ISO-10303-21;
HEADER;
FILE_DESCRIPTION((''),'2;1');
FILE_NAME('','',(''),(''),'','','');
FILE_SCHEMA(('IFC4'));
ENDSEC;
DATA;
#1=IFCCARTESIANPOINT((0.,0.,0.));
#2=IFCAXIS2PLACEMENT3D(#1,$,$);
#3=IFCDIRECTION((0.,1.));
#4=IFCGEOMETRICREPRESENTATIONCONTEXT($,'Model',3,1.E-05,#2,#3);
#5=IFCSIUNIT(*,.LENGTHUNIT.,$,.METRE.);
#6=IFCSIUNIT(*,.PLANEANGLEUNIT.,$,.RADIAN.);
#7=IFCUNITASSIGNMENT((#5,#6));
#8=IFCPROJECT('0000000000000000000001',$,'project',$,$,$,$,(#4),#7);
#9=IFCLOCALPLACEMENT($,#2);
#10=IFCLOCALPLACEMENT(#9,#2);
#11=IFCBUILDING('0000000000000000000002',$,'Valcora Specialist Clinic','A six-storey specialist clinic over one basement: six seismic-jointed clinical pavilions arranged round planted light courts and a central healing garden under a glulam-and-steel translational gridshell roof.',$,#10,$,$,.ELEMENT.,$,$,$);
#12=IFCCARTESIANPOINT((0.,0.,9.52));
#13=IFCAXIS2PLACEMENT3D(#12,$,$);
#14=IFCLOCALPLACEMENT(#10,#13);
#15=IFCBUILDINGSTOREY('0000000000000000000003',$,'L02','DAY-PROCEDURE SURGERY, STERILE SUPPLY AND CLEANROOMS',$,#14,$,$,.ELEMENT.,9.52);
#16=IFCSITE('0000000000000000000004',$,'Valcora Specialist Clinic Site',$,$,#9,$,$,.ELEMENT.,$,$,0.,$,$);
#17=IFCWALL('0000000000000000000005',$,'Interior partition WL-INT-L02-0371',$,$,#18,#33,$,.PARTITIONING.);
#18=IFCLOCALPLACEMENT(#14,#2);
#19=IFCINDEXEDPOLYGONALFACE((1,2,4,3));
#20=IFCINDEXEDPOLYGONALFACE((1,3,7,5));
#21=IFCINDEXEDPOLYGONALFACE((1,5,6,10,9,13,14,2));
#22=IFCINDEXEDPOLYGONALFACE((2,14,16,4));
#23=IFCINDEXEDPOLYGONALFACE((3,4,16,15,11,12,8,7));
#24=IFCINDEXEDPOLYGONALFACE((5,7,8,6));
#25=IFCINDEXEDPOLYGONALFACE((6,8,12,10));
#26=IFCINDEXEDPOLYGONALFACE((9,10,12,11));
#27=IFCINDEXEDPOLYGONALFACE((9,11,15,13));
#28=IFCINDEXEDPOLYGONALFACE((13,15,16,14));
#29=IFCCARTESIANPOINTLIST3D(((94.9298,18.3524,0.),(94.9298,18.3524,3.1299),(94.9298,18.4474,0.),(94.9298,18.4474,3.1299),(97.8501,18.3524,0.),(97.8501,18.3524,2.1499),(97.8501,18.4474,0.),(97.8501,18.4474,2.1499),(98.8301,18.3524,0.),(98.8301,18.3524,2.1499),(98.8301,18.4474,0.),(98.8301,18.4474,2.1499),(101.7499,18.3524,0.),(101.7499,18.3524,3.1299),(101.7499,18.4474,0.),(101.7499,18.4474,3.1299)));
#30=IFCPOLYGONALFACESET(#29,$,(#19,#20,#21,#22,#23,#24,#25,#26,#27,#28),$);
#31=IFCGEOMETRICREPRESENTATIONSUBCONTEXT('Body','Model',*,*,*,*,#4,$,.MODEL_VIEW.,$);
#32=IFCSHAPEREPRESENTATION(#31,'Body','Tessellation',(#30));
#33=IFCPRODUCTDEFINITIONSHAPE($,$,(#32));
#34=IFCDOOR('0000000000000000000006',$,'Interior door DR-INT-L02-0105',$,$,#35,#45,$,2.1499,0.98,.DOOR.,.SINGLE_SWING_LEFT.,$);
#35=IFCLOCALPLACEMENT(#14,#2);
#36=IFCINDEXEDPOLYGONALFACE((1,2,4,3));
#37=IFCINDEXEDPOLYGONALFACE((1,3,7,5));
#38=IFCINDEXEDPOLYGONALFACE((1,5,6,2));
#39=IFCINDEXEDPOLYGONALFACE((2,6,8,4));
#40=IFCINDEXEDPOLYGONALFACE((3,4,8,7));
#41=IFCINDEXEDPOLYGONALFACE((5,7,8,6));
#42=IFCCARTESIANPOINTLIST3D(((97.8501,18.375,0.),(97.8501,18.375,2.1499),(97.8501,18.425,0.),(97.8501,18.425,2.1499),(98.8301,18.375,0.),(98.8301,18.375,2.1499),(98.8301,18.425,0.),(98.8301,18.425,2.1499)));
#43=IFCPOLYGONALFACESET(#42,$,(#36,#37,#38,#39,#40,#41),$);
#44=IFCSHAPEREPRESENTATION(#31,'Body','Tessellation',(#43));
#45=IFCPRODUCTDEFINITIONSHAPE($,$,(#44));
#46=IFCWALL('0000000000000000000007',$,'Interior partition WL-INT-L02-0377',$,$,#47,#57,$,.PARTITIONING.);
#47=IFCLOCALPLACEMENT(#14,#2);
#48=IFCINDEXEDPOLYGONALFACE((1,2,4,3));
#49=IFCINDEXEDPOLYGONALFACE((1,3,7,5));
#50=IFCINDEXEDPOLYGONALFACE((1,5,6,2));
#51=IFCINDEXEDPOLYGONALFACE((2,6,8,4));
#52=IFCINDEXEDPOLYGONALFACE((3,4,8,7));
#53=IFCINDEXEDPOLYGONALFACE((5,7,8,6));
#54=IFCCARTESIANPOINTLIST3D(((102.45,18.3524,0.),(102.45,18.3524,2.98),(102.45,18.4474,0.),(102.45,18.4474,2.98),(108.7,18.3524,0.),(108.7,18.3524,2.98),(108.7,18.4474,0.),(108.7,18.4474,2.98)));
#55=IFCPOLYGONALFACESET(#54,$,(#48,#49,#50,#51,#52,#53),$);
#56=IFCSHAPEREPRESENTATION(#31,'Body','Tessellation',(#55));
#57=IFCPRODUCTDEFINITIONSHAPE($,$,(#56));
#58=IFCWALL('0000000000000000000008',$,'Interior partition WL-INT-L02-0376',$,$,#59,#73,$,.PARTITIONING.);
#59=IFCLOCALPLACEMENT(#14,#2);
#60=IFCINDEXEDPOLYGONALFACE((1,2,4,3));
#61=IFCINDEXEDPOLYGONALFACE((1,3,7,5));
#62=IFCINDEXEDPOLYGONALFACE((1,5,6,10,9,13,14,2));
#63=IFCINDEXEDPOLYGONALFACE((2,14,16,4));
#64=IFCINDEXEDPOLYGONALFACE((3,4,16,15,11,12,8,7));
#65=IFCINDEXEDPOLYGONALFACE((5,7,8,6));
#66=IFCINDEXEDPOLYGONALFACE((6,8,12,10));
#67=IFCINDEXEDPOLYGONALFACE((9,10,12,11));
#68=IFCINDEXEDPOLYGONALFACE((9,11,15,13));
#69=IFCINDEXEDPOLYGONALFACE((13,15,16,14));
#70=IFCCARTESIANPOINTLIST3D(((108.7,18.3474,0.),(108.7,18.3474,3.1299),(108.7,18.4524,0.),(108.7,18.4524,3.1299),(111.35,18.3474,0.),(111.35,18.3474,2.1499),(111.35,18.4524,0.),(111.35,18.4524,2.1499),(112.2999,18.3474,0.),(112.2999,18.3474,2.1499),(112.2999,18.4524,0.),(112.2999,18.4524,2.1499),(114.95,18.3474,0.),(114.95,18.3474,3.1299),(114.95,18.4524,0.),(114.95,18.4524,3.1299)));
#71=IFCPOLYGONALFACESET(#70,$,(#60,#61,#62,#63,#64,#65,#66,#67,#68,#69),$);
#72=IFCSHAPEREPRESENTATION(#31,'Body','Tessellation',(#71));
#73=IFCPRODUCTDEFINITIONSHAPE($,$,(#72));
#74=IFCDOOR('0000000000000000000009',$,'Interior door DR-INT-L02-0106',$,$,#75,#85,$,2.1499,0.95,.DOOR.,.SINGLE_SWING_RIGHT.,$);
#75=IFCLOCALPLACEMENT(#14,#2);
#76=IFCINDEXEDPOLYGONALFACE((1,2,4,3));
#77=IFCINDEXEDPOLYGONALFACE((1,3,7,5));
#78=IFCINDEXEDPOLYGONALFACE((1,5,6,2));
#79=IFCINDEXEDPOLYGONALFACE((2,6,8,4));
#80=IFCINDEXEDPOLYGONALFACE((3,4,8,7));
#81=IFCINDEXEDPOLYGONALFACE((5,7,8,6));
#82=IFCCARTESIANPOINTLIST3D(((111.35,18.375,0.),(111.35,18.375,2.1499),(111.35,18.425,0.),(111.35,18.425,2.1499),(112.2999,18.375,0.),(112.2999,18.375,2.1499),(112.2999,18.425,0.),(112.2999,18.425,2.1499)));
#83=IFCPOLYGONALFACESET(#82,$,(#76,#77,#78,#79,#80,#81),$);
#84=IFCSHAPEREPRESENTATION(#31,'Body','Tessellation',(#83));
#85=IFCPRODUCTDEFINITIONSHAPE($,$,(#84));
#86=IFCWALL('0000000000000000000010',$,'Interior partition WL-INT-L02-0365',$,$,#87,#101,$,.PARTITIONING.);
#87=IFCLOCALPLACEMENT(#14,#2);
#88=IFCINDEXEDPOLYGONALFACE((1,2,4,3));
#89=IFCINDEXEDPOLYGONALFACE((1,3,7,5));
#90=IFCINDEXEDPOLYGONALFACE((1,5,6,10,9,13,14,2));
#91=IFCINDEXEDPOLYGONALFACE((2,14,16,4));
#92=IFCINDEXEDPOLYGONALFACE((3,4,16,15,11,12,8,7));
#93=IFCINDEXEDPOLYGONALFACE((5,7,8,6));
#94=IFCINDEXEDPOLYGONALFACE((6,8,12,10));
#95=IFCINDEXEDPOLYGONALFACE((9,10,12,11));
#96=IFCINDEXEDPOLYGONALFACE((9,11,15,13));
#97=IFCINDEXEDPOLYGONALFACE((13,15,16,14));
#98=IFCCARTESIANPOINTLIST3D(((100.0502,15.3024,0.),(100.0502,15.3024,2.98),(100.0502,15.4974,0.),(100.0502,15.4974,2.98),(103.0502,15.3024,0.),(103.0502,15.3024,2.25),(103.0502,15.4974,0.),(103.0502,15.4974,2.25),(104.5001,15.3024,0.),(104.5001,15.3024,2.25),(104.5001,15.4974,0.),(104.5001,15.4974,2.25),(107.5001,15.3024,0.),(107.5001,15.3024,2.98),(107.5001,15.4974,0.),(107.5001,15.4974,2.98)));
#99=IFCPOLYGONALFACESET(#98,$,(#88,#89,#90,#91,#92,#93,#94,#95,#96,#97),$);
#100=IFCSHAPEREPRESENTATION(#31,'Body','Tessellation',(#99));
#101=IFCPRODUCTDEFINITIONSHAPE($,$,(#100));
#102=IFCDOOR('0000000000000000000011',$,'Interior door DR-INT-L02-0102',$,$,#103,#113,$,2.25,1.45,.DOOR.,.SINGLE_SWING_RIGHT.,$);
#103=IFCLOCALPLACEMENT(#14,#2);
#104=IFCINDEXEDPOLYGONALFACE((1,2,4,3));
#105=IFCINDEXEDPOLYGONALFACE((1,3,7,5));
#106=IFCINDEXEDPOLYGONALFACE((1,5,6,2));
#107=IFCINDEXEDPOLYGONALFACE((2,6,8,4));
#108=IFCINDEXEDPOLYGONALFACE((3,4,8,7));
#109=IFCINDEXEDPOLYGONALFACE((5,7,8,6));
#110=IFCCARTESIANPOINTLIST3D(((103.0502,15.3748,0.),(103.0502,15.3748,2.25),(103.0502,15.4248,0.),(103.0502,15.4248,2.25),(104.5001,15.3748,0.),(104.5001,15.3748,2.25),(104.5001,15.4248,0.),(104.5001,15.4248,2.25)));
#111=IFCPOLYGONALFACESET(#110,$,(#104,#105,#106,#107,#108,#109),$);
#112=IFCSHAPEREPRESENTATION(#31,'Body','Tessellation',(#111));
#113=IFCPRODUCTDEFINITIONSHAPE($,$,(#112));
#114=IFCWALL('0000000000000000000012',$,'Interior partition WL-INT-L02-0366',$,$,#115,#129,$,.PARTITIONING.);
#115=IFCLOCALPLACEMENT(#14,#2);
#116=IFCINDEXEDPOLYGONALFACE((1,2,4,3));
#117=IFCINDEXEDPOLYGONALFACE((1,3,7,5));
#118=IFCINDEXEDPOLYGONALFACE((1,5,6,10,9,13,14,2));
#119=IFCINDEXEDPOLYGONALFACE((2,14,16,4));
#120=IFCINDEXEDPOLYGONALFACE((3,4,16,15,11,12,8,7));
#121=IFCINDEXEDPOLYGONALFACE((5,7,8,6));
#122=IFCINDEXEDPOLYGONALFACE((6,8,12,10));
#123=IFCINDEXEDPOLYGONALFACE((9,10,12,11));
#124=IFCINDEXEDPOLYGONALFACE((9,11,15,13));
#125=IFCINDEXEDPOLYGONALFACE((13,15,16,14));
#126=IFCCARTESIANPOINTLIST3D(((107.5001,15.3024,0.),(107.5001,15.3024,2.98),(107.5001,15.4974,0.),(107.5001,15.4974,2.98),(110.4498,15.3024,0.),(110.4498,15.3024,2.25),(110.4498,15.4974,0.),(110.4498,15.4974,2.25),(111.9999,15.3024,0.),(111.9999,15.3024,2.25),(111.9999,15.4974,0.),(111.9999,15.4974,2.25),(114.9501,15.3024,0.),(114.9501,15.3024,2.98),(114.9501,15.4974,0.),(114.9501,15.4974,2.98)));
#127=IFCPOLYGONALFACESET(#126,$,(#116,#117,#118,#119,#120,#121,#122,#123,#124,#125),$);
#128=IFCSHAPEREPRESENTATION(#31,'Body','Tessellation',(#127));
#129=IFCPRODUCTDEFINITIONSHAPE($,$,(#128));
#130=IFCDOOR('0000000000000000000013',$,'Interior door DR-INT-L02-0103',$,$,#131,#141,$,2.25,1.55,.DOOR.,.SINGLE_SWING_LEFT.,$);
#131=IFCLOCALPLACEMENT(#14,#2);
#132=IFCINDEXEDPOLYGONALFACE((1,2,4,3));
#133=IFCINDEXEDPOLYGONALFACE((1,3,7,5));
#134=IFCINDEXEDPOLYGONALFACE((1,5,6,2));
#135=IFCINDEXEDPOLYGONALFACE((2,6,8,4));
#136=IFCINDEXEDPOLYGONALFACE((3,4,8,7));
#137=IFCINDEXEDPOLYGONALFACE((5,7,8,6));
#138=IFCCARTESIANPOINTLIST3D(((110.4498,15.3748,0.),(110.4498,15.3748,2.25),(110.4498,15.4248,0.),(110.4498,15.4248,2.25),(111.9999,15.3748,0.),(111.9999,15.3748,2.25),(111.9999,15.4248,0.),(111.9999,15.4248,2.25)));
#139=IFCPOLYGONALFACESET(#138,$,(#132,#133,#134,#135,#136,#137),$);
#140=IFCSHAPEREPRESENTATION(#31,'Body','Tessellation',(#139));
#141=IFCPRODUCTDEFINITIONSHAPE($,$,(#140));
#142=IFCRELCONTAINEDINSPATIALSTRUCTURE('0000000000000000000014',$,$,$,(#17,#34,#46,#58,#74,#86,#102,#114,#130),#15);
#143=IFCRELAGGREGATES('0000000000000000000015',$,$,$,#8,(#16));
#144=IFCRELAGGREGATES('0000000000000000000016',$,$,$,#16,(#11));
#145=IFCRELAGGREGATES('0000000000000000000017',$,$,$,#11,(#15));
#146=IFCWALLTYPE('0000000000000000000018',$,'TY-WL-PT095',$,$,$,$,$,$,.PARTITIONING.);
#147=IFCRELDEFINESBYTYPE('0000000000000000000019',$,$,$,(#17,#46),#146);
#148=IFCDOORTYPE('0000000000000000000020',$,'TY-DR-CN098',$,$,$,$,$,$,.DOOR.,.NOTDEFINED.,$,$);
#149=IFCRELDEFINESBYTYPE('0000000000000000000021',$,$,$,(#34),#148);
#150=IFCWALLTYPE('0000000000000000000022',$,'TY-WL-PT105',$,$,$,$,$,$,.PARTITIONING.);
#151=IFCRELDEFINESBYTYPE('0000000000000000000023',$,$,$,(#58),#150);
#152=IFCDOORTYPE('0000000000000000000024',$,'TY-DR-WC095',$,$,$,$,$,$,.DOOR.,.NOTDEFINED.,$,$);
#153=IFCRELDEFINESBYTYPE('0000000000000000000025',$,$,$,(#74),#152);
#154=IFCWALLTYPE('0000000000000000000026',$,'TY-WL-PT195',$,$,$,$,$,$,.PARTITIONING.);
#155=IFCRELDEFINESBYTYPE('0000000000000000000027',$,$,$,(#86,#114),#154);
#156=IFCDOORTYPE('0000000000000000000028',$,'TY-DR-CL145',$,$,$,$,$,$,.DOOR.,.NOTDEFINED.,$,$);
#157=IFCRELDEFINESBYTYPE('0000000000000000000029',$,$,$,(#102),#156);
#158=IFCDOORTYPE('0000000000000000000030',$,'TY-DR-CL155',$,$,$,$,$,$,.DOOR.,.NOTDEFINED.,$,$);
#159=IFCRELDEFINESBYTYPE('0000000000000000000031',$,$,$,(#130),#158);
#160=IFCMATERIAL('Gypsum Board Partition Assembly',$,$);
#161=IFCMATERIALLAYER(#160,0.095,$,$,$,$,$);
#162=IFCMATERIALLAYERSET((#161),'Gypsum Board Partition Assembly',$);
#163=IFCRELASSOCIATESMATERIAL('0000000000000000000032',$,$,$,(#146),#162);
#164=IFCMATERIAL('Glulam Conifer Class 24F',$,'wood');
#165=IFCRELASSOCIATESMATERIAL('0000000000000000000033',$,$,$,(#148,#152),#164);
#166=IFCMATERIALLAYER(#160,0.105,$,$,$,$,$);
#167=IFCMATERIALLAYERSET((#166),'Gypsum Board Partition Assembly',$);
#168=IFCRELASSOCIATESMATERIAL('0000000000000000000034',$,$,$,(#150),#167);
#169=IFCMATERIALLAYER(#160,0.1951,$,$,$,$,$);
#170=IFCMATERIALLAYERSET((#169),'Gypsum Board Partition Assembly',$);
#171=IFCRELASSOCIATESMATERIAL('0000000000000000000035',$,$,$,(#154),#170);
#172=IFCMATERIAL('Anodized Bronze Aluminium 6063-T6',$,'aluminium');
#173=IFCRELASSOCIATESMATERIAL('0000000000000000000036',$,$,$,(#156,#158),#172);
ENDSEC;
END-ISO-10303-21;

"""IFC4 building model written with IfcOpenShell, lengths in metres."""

from ifc_helpers import new_model, si_unit, direction, frame, frame_2d, origin, place, context, subcontext, project, spatial, rectangle, extrude, material, layer, layer_set, type_object, element, fill, save


model = new_model("IFC4")

# Units and contexts
model_context = context("Model", 3, precision=1e-05, world=origin(), true_north=direction((0.0, 1.0)))
body_context = subcontext(model_context, "Body", "Model", "MODEL_VIEW")
ifc_project = project(units=[si_unit("LENGTHUNIT", "METRE"), si_unit("PLANEANGLEUNIT", "RADIAN")], contexts=[model_context])

# Site, building, storey
site_placement = place(None, origin())
site = spatial("IfcSite", under=ifc_project, at=site_placement, Name="Valcora Specialist Clinic Site", CompositionType="ELEMENT", RefElevation=0.0)
building_placement = place(site_placement, origin())
building = spatial("IfcBuilding", under=site, at=building_placement, Name="Valcora Specialist Clinic", Description="A six-storey specialist clinic over one basement: six seismic-jointed clinical pavilions arranged round planted light courts and a central healing garden under a glulam-and-steel translational gridshell roof.", CompositionType="ELEMENT")
storey_placement = place(building_placement, frame((0.0, 0.0, 9.52)))
storey = spatial("IfcBuildingStorey", under=building, at=storey_placement, Name="L02", Description="DAY-PROCEDURE SURGERY, STERILE SUPPLY AND CLEANROOMS", CompositionType="ELEMENT", Elevation=9.52)

# Wall, opening, door
ifc_material_1 = material(Name="Gypsum Board Partition Assembly")
ifc_layer_1 = layer(ifc_material_1, 0.095)
ifc_layer_set_1 = layer_set([ifc_layer_1], Name="Gypsum Board Partition Assembly")
wall_type_1 = type_object("IfcWallType", Name="TY-WL-PT095", PredefinedType="PARTITIONING", material=ifc_layer_set_1)
wall_1_placement = place(storey_placement, frame((101.75, 18.3999, 0.0), z_axis=(0.0, 0.0, 1.0), x_axis=(-1.0, 0.0, 0.0)))
wall_1 = element("IfcWall", 1, at=wall_1_placement, inside=storey, type_object=wall_type_1, Name="Interior partition WL-INT-L02-0371", PredefinedType="PARTITIONING", context=body_context, shape_type="SweptSolid", body=[
    extrude(rectangle(XDim=6.8201, YDim=0.095, at=frame_2d((3.4102, 0.0))), origin(), (0.0, 0.0, 1.0), 3.1299),
])
opening_1_placement = place(wall_1_placement, frame((2.9199, 0.0, 0.0)))
opening_1 = element("IfcOpeningElement", 2, at=opening_1_placement, cuts=wall_1, PredefinedType="OPENING", context=body_context, shape_type="SweptSolid", body=[
    extrude(rectangle(XDim=0.98, YDim=2.1499, at=frame_2d((0.49, 1.075))), frame((0.0, 0.0574, 0.0), z_axis=(0.0, -1.0, 0.0), x_axis=(1.0, 0.0, 0.0)), (0.0, 0.0, 1.0), 0.115),
])
ifc_material_2 = material(Name="Glulam Conifer Class 24F", Category="wood")
door_type_1 = type_object("IfcDoorType", Name="TY-DR-CN098", OperationType="NOTDEFINED", PredefinedType="DOOR", material=ifc_material_2)
door_1_placement = place(opening_1_placement, origin())
door_1 = element("IfcDoor", 3, at=door_1_placement, inside=storey, type_object=door_type_1, Name="Interior door DR-INT-L02-0105", OperationType="SINGLE_SWING_LEFT", OverallHeight=2.1499, OverallWidth=0.98, PredefinedType="DOOR", context=body_context, shape_type="SweptSolid", body=[
    extrude(rectangle(XDim=0.98, YDim=2.1499, at=frame_2d((0.49, 1.075))), frame((0.0, 0.0249, 0.0), z_axis=(0.0, -1.0, 0.0), x_axis=(1.0, 0.0, 0.0)), (0.0, 0.0, 1.0), 0.05),
])
fill(opening_1, door_1)

# Wall
wall_2_placement = place(storey_placement, frame((108.7, 18.3999, 0.0), z_axis=(0.0, 0.0, 1.0), x_axis=(-1.0, 0.0, 0.0)))
element("IfcWall", 4, at=wall_2_placement, inside=storey, type_object=wall_type_1, Name="Interior partition WL-INT-L02-0377", PredefinedType="PARTITIONING", context=body_context, shape_type="SweptSolid", body=[
    extrude(rectangle(XDim=6.25, YDim=0.095, at=frame_2d((3.125, 0.0))), origin(), (0.0, 0.0, 1.0), 2.98),
])

# Walls, openings, doors
ifc_layer_2 = layer(ifc_material_1, 0.105)
ifc_layer_set_2 = layer_set([ifc_layer_2], Name="Gypsum Board Partition Assembly")
wall_type_2 = type_object("IfcWallType", Name="TY-WL-PT105", PredefinedType="PARTITIONING", material=ifc_layer_set_2)
wall_3_placement = place(storey_placement, frame((114.95, 18.3999, 0.0), z_axis=(0.0, 0.0, 1.0), x_axis=(-1.0, 0.0, 0.0)))
wall_3 = element("IfcWall", 5, at=wall_3_placement, inside=storey, type_object=wall_type_2, Name="Interior partition WL-INT-L02-0376", PredefinedType="PARTITIONING", context=body_context, shape_type="SweptSolid", body=[
    extrude(rectangle(XDim=6.25, YDim=0.105, at=frame_2d((3.125, 0.0))), origin(), (0.0, 0.0, 1.0), 3.1299),
])
opening_2_placement = place(wall_3_placement, frame((2.6499, 0.0, 0.0)))
opening_2 = element("IfcOpeningElement", 6, at=opening_2_placement, cuts=wall_3, PredefinedType="OPENING", context=body_context, shape_type="SweptSolid", body=[
    extrude(rectangle(XDim=0.95, YDim=2.1499, at=frame_2d((0.4751, 1.075))), frame((0.0, 0.0625, 0.0), z_axis=(0.0, -1.0, 0.0), x_axis=(1.0, 0.0, 0.0)), (0.0, 0.0, 1.0), 0.125),
])
door_type_2 = type_object("IfcDoorType", Name="TY-DR-WC095", OperationType="NOTDEFINED", PredefinedType="DOOR", material=ifc_material_2)
door_2_placement = place(opening_2_placement, origin())
door_2 = element("IfcDoor", 7, at=door_2_placement, inside=storey, type_object=door_type_2, Name="Interior door DR-INT-L02-0106", OperationType="SINGLE_SWING_RIGHT", OverallHeight=2.1499, OverallWidth=0.95, PredefinedType="DOOR", context=body_context, shape_type="SweptSolid", body=[
    extrude(rectangle(XDim=0.95, YDim=2.1499, at=frame_2d((0.4751, 1.075))), frame((0.0, 0.0249, 0.0), z_axis=(0.0, -1.0, 0.0), x_axis=(1.0, 0.0, 0.0)), (0.0, 0.0, 1.0), 0.05),
])
fill(opening_2, door_2)
ifc_layer_3 = layer(ifc_material_1, 0.1951)
ifc_layer_set_3 = layer_set([ifc_layer_3], Name="Gypsum Board Partition Assembly")
wall_type_3 = type_object("IfcWallType", Name="TY-WL-PT195", PredefinedType="PARTITIONING", material=ifc_layer_set_3)
wall_4_placement = place(storey_placement, frame((100.05, 15.3999, 0.0), z_axis=(0.0, 0.0, 1.0), x_axis=(1.0, 0.0, 0.0)))
wall_4 = element("IfcWall", 8, at=wall_4_placement, inside=storey, type_object=wall_type_3, Name="Interior partition WL-INT-L02-0365", PredefinedType="PARTITIONING", context=body_context, shape_type="SweptSolid", body=[
    extrude(rectangle(XDim=7.45, YDim=0.1951, at=frame_2d((3.7251, 0.0))), origin(), (0.0, 0.0, 1.0), 2.98),
])
opening_3_placement = place(wall_4_placement, frame((3.0, 0.0, 0.0)))
opening_3 = element("IfcOpeningElement", 9, at=opening_3_placement, cuts=wall_4, PredefinedType="OPENING", context=body_context, shape_type="SweptSolid", body=[
    extrude(rectangle(XDim=1.45, YDim=2.25, at=frame_2d((0.7251, 1.125))), frame((0.0, 0.1074, 0.0), z_axis=(0.0, -1.0, 0.0), x_axis=(1.0, 0.0, 0.0)), (0.0, 0.0, 1.0), 0.2151),
])
ifc_material_3 = material(Name="Anodized Bronze Aluminium 6063-T6", Category="aluminium")
door_type_3 = type_object("IfcDoorType", Name="TY-DR-CL145", OperationType="NOTDEFINED", PredefinedType="DOOR", material=ifc_material_3)
door_3_placement = place(opening_3_placement, origin())
door_3 = element("IfcDoor", 10, at=door_3_placement, inside=storey, type_object=door_type_3, Name="Interior door DR-INT-L02-0102", OperationType="SINGLE_SWING_RIGHT", OverallHeight=2.25, OverallWidth=1.45, PredefinedType="DOOR", context=body_context, shape_type="SweptSolid", body=[
    extrude(rectangle(XDim=1.45, YDim=2.25, at=frame_2d((0.7251, 1.125))), frame((0.0, 0.0249, 0.0), z_axis=(0.0, -1.0, 0.0), x_axis=(1.0, 0.0, 0.0)), (0.0, 0.0, 1.0), 0.05),
])
fill(opening_3, door_3)
wall_5_placement = place(storey_placement, frame((107.5, 15.3999, 0.0), z_axis=(0.0, 0.0, 1.0), x_axis=(1.0, 0.0, 0.0)))
wall_5 = element("IfcWall", 11, at=wall_5_placement, inside=storey, type_object=wall_type_3, Name="Interior partition WL-INT-L02-0366", PredefinedType="PARTITIONING", context=body_context, shape_type="SweptSolid", body=[
    extrude(rectangle(XDim=7.45, YDim=0.1951, at=frame_2d((3.7251, 0.0))), origin(), (0.0, 0.0, 1.0), 2.98),
])
opening_4_placement = place(wall_5_placement, frame((2.95, 0.0, 0.0)))
opening_4 = element("IfcOpeningElement", 12, at=opening_4_placement, cuts=wall_5, PredefinedType="OPENING", context=body_context, shape_type="SweptSolid", body=[
    extrude(rectangle(XDim=1.55, YDim=2.25, at=frame_2d((0.7749, 1.125))), frame((0.0, 0.1074, 0.0), z_axis=(0.0, -1.0, 0.0), x_axis=(1.0, 0.0, 0.0)), (0.0, 0.0, 1.0), 0.2151),
])
door_type_4 = type_object("IfcDoorType", Name="TY-DR-CL155", OperationType="NOTDEFINED", PredefinedType="DOOR", material=ifc_material_3)
door_4_placement = place(opening_4_placement, origin())
door_4 = element("IfcDoor", 13, at=door_4_placement, inside=storey, type_object=door_type_4, Name="Interior door DR-INT-L02-0103", OperationType="SINGLE_SWING_LEFT", OverallHeight=2.25, OverallWidth=1.55, PredefinedType="DOOR", context=body_context, shape_type="SweptSolid", body=[
    extrude(rectangle(XDim=1.55, YDim=2.25, at=frame_2d((0.7749, 1.125))), frame((0.0, 0.0249, 0.0), z_axis=(0.0, -1.0, 0.0), x_axis=(1.0, 0.0, 0.0)), (0.0, 0.0, 1.0), 0.05),
])
fill(opening_4, door_4)

save(model, "model.ifc")
